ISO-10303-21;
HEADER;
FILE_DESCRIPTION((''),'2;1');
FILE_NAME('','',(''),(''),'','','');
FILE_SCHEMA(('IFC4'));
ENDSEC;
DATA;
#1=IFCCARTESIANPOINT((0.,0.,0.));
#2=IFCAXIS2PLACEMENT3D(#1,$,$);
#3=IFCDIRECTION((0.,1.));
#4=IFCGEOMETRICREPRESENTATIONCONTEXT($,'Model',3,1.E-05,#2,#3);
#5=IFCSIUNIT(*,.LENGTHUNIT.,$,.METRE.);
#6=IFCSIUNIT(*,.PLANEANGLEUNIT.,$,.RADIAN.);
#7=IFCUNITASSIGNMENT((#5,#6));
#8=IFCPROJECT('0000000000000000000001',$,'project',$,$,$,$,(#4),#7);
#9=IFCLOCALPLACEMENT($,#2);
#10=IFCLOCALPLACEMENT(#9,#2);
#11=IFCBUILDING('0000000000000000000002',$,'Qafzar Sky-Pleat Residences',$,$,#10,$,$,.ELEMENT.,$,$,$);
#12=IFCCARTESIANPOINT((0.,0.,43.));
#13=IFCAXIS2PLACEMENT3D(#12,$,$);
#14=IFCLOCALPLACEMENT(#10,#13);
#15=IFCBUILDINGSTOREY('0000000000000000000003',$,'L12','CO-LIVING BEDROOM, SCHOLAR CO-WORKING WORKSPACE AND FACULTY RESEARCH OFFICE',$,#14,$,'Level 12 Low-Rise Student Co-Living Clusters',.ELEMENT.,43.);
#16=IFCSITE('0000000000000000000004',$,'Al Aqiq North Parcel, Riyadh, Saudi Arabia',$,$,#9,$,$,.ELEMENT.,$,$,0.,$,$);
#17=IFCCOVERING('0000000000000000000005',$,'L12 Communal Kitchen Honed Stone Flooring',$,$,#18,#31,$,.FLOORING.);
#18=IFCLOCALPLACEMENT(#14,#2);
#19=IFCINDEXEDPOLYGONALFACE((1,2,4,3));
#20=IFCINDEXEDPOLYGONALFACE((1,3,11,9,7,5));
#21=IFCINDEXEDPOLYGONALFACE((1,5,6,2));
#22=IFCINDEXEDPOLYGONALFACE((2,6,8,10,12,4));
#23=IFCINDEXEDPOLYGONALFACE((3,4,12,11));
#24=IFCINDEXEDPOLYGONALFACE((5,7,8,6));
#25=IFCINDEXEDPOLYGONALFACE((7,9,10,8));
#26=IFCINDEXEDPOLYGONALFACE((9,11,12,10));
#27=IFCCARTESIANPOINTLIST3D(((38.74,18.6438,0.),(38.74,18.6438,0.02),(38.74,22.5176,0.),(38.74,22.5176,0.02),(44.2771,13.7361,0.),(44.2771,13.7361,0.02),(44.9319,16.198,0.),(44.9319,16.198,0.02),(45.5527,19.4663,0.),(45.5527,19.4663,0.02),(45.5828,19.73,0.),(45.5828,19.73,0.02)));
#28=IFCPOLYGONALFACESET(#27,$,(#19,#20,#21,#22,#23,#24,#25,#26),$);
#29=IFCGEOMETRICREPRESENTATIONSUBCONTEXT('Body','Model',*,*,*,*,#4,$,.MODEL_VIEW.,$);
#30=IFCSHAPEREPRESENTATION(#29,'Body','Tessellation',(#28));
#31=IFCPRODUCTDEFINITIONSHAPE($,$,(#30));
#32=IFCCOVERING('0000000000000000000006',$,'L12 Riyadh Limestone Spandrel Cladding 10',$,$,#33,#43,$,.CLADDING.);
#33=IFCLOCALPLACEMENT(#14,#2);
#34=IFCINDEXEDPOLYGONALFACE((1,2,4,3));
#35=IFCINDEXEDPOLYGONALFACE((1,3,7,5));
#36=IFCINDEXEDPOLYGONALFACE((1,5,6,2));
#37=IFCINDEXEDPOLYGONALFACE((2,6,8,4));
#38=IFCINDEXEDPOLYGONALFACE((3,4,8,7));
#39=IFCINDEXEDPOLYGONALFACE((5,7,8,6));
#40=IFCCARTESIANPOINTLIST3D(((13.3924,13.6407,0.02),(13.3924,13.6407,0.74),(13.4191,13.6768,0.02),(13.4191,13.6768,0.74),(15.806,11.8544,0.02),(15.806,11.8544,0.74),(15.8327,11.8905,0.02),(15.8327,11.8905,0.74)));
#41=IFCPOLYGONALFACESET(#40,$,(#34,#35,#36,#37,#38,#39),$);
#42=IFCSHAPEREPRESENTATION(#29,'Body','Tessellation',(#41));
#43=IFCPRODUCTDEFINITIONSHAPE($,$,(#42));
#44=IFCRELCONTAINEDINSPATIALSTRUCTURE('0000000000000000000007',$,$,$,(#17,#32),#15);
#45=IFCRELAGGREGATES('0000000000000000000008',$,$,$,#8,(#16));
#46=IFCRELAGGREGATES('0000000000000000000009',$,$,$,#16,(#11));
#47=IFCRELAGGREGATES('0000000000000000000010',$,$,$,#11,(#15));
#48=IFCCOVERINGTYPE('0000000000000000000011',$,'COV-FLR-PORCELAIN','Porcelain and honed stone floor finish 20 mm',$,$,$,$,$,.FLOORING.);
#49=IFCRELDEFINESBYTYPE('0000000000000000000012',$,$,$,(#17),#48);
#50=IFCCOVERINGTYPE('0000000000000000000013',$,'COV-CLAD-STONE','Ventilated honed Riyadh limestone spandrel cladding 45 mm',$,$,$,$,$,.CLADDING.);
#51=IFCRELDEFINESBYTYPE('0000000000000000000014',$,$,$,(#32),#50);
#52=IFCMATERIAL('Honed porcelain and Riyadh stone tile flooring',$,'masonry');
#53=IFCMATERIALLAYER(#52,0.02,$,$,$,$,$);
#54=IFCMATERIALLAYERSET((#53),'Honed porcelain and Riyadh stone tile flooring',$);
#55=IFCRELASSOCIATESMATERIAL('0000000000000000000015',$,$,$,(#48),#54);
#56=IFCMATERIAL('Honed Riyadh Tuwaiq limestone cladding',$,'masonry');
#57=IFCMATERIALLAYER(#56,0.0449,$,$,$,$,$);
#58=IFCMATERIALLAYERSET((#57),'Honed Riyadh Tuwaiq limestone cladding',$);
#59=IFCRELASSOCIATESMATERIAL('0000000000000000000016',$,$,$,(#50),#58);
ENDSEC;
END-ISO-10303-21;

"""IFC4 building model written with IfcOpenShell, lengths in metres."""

from ifc_helpers import new_model, si_unit, direction, frame, origin, origin_2d, place, context, subcontext, project, spatial, polyline, rectangle, outline, extrude, source, transform, mapped, material, layer, layer_set, type_object, element, save


model = new_model("IFC4")

# Units and contexts
model_context = context("Model", 3, precision=1e-05, world=origin(), true_north=direction((0.0, 1.0)))
body_context = subcontext(model_context, "Body", "Model", "MODEL_VIEW")
ifc_project = project(units=[si_unit("LENGTHUNIT", "METRE"), si_unit("PLANEANGLEUNIT", "RADIAN")], contexts=[model_context])

# Site, building, storey
site_placement = place(None, origin())
site = spatial("IfcSite", under=ifc_project, at=site_placement, Name="Al Aqiq North Parcel, Riyadh, Saudi Arabia", CompositionType="ELEMENT", RefElevation=0.0)
building_placement = place(site_placement, origin())
building = spatial("IfcBuilding", under=site, at=building_placement, Name="Qafzar Sky-Pleat Residences", CompositionType="ELEMENT")
storey_placement = place(building_placement, frame((0.0, 0.0, 43.0)))
storey = spatial("IfcBuildingStorey", under=building, at=storey_placement, Name="L12", Description="CO-LIVING BEDROOM, SCHOLAR CO-WORKING WORKSPACE AND FACULTY RESEARCH OFFICE", LongName="Level 12 Low-Rise Student Co-Living Clusters", CompositionType="ELEMENT", Elevation=43.0)

# Coverings
ifc_material_1 = material(Name="Honed porcelain and Riyadh stone tile flooring", Category="masonry")
ifc_layer_1 = layer(ifc_material_1, 0.02)
ifc_layer_set_1 = layer_set([ifc_layer_1], Name="Honed porcelain and Riyadh stone tile flooring")
covering_type_1 = type_object("IfcCoveringType", Name="COV-FLR-PORCELAIN", Description="Porcelain and honed stone floor finish 20 mm", PredefinedType="FLOORING", material=ifc_layer_set_1)
covering_1_placement = place(storey_placement, origin())
element("IfcCovering", 1, at=covering_1_placement, inside=storey, type_object=covering_type_1, Name="L12 Communal Kitchen Honed Stone Flooring", PredefinedType="FLOORING", context=body_context, shape_type="SweptSolid", body=[
    extrude(outline(polyline([(45.5527, 19.4663), (44.9319, 16.198), (44.2771, 13.7361), (38.74, 18.6438), (38.74, 22.5176), (45.5828, 19.73), (45.5527, 19.4663)])), origin(), (0.0, 0.0, 1.0), 0.02),
])
ifc_material_2 = material(Name="Honed Riyadh Tuwaiq limestone cladding", Category="masonry")
ifc_layer_2 = layer(ifc_material_2, 0.0449)
ifc_layer_set_2 = layer_set([ifc_layer_2], Name="Honed Riyadh Tuwaiq limestone cladding")
covering_type_2 = type_object("IfcCoveringType", Name="COV-CLAD-STONE", Description="Ventilated honed Riyadh limestone spandrel cladding 45 mm", PredefinedType="CLADDING", material=ifc_layer_set_2)
shared_shape_1 = source(origin(), body_context, "Body", "SweptSolid", [
    extrude(rectangle(XDim=3.0027, YDim=0.0449, at=origin_2d()), origin(), (0.0, 0.0, 1.0), 0.72),
])
covering_2_placement = place(storey_placement, frame((14.6125, 12.7656, 0.02), z_axis=(0.0, 0.0, 1.0), x_axis=(0.803807, -0.59489, 0.0)))
element("IfcCovering", 2, at=covering_2_placement, inside=storey, type_object=covering_type_2, Name="L12 Riyadh Limestone Spandrel Cladding 10", PredefinedType="CLADDING", context=body_context, shape_type="MappedRepresentation", body=[
    mapped(shared_shape_1, transform((0.0, 0.0, 0.0), x_axis=(1.0, 0.0, 0.0), y_axis=(0.0, 1.0, 0.0), z_axis=(0.0, 0.0, 1.0), scale=1.0)),
])

save(model, "model.ifc")
